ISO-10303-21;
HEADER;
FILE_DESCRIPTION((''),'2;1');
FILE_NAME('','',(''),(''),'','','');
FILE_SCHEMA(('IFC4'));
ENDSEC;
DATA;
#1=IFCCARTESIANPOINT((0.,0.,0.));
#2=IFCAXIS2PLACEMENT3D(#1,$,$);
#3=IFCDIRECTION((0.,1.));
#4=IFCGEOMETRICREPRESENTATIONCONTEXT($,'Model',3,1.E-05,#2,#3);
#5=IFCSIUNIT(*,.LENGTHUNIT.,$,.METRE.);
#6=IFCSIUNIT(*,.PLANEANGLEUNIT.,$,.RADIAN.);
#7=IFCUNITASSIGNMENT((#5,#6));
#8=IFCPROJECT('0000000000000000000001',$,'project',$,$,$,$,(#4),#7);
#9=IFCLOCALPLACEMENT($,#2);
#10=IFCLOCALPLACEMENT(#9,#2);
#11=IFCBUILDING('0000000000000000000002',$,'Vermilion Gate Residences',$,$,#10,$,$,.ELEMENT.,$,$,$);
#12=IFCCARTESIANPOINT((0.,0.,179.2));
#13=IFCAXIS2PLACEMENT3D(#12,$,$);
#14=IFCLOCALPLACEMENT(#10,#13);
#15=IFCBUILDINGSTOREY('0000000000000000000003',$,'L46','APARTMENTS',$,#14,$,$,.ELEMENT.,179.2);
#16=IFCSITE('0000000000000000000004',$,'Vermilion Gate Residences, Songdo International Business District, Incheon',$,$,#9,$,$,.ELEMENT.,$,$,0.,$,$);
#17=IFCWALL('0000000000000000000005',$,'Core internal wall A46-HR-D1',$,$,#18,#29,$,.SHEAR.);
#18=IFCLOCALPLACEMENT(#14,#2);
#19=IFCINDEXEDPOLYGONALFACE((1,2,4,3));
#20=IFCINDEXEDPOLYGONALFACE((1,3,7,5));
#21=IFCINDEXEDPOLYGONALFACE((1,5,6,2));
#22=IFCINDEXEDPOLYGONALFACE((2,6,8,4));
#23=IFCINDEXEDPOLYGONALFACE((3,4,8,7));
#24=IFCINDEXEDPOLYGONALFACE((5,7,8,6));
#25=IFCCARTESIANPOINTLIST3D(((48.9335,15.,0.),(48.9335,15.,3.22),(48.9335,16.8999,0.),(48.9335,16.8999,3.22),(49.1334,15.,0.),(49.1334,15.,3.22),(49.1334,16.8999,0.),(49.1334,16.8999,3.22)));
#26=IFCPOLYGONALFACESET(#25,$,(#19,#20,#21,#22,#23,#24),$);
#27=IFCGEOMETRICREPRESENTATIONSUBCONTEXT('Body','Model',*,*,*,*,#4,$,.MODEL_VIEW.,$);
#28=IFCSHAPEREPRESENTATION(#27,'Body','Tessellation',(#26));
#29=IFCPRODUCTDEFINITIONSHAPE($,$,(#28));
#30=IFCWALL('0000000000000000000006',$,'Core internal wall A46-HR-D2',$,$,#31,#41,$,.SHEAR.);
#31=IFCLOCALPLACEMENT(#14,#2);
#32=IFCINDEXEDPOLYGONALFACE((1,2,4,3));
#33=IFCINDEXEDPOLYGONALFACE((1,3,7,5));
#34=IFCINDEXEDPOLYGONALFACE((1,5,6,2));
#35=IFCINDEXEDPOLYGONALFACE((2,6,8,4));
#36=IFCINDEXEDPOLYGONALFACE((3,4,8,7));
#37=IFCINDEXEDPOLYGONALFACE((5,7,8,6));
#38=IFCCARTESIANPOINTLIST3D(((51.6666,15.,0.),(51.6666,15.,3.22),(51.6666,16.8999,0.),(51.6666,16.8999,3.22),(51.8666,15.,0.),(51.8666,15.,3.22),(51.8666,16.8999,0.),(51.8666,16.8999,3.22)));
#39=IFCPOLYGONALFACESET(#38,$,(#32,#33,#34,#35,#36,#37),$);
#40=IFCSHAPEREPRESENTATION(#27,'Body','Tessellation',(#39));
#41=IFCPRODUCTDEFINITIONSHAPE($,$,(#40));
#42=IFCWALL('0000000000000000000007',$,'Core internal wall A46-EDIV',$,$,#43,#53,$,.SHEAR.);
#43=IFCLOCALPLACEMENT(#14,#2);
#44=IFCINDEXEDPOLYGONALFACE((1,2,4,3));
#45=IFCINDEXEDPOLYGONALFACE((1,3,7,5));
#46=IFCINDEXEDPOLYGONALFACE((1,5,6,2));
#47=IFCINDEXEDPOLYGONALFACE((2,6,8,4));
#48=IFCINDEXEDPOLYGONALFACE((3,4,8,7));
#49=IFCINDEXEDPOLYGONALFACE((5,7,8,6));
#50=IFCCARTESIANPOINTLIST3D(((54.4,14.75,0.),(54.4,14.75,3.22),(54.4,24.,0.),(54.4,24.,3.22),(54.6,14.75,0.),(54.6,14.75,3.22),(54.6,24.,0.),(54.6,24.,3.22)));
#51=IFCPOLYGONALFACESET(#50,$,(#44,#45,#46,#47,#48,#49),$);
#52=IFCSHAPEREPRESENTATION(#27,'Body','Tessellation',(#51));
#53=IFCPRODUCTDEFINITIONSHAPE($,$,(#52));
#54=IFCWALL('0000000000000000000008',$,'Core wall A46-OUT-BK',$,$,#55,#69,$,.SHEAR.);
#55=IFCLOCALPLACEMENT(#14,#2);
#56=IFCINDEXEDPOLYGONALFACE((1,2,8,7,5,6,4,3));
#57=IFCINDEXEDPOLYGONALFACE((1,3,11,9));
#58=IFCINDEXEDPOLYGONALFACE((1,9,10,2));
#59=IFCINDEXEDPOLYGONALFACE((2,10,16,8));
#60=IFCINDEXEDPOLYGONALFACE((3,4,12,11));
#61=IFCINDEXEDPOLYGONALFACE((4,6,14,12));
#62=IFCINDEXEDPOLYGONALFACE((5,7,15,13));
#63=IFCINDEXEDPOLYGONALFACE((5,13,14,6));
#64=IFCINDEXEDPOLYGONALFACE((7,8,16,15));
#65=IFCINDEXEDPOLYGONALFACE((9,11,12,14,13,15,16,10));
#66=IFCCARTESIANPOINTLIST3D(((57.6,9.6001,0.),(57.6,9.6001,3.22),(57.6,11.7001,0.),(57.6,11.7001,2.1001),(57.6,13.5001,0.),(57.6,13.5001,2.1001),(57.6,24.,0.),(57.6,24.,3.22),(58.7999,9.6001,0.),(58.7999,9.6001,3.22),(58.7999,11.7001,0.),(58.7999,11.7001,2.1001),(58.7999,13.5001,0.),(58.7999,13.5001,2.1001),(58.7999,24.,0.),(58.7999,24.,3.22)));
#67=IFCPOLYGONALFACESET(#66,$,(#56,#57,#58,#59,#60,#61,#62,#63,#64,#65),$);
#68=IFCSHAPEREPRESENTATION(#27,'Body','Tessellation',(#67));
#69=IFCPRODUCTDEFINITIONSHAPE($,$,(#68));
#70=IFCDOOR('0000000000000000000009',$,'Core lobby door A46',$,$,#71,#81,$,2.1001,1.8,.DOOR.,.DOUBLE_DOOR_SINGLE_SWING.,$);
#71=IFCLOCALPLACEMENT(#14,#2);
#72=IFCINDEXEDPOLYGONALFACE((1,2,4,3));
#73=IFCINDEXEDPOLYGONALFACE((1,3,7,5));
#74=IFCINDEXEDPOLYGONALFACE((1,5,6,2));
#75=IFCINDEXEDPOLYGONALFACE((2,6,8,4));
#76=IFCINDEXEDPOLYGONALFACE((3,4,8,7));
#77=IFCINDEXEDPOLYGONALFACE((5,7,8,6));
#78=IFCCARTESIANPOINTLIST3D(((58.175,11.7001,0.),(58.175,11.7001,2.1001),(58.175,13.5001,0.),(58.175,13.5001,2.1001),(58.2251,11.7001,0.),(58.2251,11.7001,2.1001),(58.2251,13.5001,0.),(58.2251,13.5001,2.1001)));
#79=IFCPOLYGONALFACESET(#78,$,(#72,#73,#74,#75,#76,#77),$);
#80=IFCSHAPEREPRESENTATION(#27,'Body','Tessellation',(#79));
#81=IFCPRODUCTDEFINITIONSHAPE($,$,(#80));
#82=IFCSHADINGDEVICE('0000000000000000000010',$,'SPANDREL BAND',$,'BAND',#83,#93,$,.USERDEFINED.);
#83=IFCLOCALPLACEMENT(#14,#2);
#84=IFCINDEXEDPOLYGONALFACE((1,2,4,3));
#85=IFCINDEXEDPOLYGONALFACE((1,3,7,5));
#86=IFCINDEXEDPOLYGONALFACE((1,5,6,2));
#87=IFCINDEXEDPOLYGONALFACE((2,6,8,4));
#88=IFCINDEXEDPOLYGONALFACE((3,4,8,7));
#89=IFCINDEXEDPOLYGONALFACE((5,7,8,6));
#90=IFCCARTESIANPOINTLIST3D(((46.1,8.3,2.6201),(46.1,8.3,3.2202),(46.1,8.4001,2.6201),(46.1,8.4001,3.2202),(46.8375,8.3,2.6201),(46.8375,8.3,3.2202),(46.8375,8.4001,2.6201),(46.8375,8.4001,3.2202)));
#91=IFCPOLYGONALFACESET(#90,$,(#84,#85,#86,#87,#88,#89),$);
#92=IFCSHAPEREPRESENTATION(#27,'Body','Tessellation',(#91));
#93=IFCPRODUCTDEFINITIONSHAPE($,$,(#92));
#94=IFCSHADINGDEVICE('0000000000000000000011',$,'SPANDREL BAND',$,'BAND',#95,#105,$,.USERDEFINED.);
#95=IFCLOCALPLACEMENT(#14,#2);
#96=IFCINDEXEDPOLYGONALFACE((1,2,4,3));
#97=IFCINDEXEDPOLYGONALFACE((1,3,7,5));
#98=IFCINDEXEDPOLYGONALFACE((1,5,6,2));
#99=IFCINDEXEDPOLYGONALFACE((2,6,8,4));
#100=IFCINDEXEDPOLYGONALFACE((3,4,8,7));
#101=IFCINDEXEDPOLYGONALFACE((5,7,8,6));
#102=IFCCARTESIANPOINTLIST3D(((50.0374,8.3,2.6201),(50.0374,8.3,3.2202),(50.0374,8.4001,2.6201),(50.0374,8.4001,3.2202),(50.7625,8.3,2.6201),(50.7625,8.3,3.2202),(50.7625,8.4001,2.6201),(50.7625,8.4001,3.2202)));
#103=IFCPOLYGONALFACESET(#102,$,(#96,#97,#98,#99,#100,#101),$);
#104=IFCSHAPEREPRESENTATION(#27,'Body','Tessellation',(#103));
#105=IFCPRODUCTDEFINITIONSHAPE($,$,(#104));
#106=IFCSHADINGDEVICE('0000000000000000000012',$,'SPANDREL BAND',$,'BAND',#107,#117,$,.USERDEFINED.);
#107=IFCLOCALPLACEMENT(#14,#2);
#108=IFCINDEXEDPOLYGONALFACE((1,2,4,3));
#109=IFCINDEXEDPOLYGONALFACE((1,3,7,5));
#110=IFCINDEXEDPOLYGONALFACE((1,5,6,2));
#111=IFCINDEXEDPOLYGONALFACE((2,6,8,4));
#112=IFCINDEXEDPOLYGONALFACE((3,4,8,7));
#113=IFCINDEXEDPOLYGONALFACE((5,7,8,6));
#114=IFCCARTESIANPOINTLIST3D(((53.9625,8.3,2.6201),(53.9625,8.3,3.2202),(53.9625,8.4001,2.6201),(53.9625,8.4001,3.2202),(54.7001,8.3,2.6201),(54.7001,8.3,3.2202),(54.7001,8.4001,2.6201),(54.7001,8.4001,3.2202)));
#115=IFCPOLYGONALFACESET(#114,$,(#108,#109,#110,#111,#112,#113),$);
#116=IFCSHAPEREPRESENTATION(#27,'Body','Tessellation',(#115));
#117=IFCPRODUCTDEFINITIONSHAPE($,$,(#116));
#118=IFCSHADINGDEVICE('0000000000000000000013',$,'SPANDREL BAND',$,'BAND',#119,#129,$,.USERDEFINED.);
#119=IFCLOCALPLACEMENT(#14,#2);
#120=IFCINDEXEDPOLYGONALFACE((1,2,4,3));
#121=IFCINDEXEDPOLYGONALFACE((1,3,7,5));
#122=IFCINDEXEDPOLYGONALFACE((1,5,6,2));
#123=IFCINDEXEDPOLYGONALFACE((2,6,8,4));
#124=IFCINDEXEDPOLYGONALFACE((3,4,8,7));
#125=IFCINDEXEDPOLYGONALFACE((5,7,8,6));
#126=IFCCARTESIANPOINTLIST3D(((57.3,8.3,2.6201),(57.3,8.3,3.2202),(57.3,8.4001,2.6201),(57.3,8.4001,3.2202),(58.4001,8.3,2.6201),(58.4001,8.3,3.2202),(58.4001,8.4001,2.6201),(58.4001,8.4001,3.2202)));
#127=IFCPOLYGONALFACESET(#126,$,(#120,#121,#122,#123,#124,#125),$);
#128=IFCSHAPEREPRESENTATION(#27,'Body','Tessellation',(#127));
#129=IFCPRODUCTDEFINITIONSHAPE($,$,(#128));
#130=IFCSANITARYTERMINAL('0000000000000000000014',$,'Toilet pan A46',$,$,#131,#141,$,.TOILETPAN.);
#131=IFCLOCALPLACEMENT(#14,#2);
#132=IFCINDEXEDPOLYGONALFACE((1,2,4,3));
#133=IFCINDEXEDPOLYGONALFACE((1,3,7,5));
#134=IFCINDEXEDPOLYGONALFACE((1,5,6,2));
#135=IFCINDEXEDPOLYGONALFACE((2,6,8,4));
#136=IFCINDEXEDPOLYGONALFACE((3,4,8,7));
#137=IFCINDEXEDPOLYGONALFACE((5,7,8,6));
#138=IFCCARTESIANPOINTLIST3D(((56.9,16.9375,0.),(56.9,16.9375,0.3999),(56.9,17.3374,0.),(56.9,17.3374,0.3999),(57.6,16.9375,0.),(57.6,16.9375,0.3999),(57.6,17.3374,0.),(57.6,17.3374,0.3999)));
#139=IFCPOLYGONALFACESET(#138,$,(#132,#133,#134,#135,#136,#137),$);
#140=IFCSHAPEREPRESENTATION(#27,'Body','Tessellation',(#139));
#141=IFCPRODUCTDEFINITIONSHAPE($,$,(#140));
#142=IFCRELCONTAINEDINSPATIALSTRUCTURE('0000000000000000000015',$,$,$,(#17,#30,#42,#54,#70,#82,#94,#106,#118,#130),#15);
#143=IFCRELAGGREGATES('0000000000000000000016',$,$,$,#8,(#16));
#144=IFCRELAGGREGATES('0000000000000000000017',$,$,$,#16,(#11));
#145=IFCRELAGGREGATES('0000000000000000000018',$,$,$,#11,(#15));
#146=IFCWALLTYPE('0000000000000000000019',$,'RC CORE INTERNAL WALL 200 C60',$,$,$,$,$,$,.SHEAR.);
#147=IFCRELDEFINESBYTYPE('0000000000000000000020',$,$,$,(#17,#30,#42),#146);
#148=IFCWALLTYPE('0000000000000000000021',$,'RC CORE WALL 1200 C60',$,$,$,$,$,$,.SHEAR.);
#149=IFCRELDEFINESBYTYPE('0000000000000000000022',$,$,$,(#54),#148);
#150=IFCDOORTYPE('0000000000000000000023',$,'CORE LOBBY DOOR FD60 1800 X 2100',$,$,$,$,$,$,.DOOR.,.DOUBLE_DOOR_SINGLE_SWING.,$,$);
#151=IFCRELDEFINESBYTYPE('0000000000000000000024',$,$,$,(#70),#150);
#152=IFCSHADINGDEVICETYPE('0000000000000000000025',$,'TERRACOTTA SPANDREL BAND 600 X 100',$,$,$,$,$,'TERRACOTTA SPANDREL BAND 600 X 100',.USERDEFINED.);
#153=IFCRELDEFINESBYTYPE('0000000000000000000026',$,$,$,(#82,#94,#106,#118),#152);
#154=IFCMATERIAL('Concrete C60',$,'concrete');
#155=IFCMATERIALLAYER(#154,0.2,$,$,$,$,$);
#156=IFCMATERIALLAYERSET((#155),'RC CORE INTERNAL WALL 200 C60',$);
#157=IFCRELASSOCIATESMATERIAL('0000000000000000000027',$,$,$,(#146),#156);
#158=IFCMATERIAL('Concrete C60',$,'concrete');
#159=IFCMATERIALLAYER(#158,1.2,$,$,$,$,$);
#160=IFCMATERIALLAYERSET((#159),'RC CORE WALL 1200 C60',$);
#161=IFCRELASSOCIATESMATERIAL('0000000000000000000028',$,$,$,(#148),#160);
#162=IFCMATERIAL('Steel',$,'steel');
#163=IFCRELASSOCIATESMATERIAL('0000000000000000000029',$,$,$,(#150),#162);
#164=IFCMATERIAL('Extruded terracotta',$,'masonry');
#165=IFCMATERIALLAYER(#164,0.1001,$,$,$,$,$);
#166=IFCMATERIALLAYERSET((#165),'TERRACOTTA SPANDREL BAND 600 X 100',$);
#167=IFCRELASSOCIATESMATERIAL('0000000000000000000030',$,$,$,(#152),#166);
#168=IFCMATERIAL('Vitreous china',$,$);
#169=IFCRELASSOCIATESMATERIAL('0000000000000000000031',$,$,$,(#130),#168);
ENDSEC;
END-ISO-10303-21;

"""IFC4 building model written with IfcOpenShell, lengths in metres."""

from ifc_helpers import new_model, si_unit, direction, frame, frame_2d, origin, origin_2d, place, context, subcontext, project, spatial, rectangle, extrude, material, layer, layer_set, type_object, element, fill, save


model = new_model("IFC4")

# Units and contexts
model_context = context("Model", 3, precision=1e-05, world=origin(), true_north=direction((0.0, 1.0)))
body_context = subcontext(model_context, "Body", "Model", "MODEL_VIEW")
ifc_project = project(units=[si_unit("LENGTHUNIT", "METRE"), si_unit("PLANEANGLEUNIT", "RADIAN")], contexts=[model_context])

# Site, building, storey
site_placement = place(None, origin())
site = spatial("IfcSite", under=ifc_project, at=site_placement, Name="Vermilion Gate Residences, Songdo International Business District, Incheon", CompositionType="ELEMENT", RefElevation=0.0)
building_placement = place(site_placement, origin())
building = spatial("IfcBuilding", under=site, at=building_placement, Name="Vermilion Gate Residences", CompositionType="ELEMENT")
storey_placement = place(building_placement, frame((0.0, 0.0, 179.2)))
storey = spatial("IfcBuildingStorey", under=building, at=storey_placement, Name="L46", Description="APARTMENTS", CompositionType="ELEMENT", Elevation=179.2)

# Walls
ifc_material_1 = material(Name="Concrete C60", Category="concrete")
ifc_layer_1 = layer(ifc_material_1, 0.2)
ifc_layer_set_1 = layer_set([ifc_layer_1], Name="RC CORE INTERNAL WALL 200 C60")
wall_type_1 = type_object("IfcWallType", Name="RC CORE INTERNAL WALL 200 C60", PredefinedType="SHEAR", material=ifc_layer_set_1)
for number, where, z_axis, x_axis, name in (
    (1, (49.0334, 15.0, 0.0), (0.0, 0.0, 1.0), (0.0, 1.0, 0.0), "Core internal wall A46-HR-D1"),
    (2, (51.7666, 15.0, 0.0), (0.0, 0.0, 1.0), (0.0, 1.0, 0.0), "Core internal wall A46-HR-D2"),
):
    element("IfcWall", number, at=place(storey_placement, frame(where, z_axis=z_axis, x_axis=x_axis)), inside=storey, type_object=wall_type_1, Name=name, PredefinedType="SHEAR", context=body_context, shape_type="SweptSolid", body=[
        extrude(rectangle(XDim=1.8999, YDim=0.2, at=frame_2d((0.95, 0.0))), origin(), (0.0, 0.0, 1.0), 3.22),
    ])
wall_1_placement = place(storey_placement, frame((54.5, 14.75, 0.0), z_axis=(0.0, 0.0, 1.0), x_axis=(0.0, 1.0, 0.0)))
element("IfcWall", 3, at=wall_1_placement, inside=storey, type_object=wall_type_1, Name="Core internal wall A46-EDIV", PredefinedType="SHEAR", context=body_context, shape_type="SweptSolid", body=[
    extrude(rectangle(XDim=9.25, YDim=0.2, at=frame_2d((4.625, 0.0))), origin(), (0.0, 0.0, 1.0), 3.22),
])

# Wall, opening, door
ifc_material_2 = material(Name="Concrete C60", Category="concrete")
ifc_layer_2 = layer(ifc_material_2, 1.2)
ifc_layer_set_2 = layer_set([ifc_layer_2], Name="RC CORE WALL 1200 C60")
wall_type_2 = type_object("IfcWallType", Name="RC CORE WALL 1200 C60", PredefinedType="SHEAR", material=ifc_layer_set_2)
wall_2_placement = place(storey_placement, frame((58.2, 9.6001, 0.0), z_axis=(0.0, 0.0, 1.0), x_axis=(0.0, 1.0, 0.0)))
wall_2 = element("IfcWall", 4, at=wall_2_placement, inside=storey, type_object=wall_type_2, Name="Core wall A46-OUT-BK", PredefinedType="SHEAR", context=body_context, shape_type="SweptSolid", body=[
    extrude(rectangle(XDim=14.3999, YDim=1.2, at=frame_2d((7.2, 0.0))), origin(), (0.0, 0.0, 1.0), 3.22),
])
opening_1_placement = place(wall_2_placement, frame((2.1001, 0.0, 0.0)))
opening_1 = element("IfcOpeningElement", 5, at=opening_1_placement, cuts=wall_2, PredefinedType="OPENING", context=body_context, shape_type="SweptSolid", body=[
    extrude(rectangle(XDim=1.8, YDim=2.1001, at=frame_2d((0.8999, 1.05))), frame((0.0, 0.6099, 0.0), z_axis=(0.0, -1.0, 0.0), x_axis=(1.0, 0.0, 0.0)), (0.0, 0.0, 1.0), 1.22),
])
ifc_material_3 = material(Name="Steel", Category="steel")
door_type_1 = type_object("IfcDoorType", Name="CORE LOBBY DOOR FD60 1800 X 2100", OperationType="DOUBLE_DOOR_SINGLE_SWING", PredefinedType="DOOR", material=ifc_material_3)
door_1_placement = place(opening_1_placement, origin())
door_1 = element("IfcDoor", 6, at=door_1_placement, inside=storey, type_object=door_type_1, Name="Core lobby door A46", OperationType="DOUBLE_DOOR_SINGLE_SWING", OverallHeight=2.1001, OverallWidth=1.8, PredefinedType="DOOR", context=body_context, shape_type="SweptSolid", body=[
    extrude(rectangle(XDim=1.8, YDim=2.1001, at=frame_2d((0.8999, 1.05))), frame((0.0, 0.0249, 0.0), z_axis=(0.0, -1.0, 0.0), x_axis=(1.0, 0.0, 0.0)), (0.0, 0.0, 1.0), 0.05),
])
fill(opening_1, door_1)

# Shading devices
ifc_material_4 = material(Name="Extruded terracotta", Category="masonry")
ifc_layer_3 = layer(ifc_material_4, 0.1001)
ifc_layer_set_3 = layer_set([ifc_layer_3], Name="TERRACOTTA SPANDREL BAND 600 X 100")
shading_device_type = type_object("IfcShadingDeviceType", Name="TERRACOTTA SPANDREL BAND 600 X 100", ElementType="TERRACOTTA SPANDREL BAND 600 X 100", PredefinedType="USERDEFINED", material=ifc_layer_set_3)
shading_device_1_placement = place(storey_placement, frame((46.4688, 8.3501, 2.6201), z_axis=(0.0, 0.0, 1.0), x_axis=(1.0, 0.0, 0.0)))
element("IfcShadingDevice", 7, at=shading_device_1_placement, inside=storey, type_object=shading_device_type, Name="SPANDREL BAND", ObjectType="BAND", PredefinedType="USERDEFINED", context=body_context, shape_type="SweptSolid", body=[
    extrude(rectangle(XDim=0.7375, YDim=0.1001, at=origin_2d()), origin(), (0.0, 0.0, 1.0), 0.6001),
])
shading_device_2_placement = place(storey_placement, frame((50.3999, 8.3501, 2.6201), z_axis=(0.0, 0.0, 1.0), x_axis=(1.0, 0.0, 0.0)))
element("IfcShadingDevice", 8, at=shading_device_2_placement, inside=storey, type_object=shading_device_type, Name="SPANDREL BAND", ObjectType="BAND", PredefinedType="USERDEFINED", context=body_context, shape_type="SweptSolid", body=[
    extrude(rectangle(XDim=0.7251, YDim=0.1001, at=origin_2d()), origin(), (0.0, 0.0, 1.0), 0.6001),
])
shading_device_3_placement = place(storey_placement, frame((54.3313, 8.3501, 2.6201), z_axis=(0.0, 0.0, 1.0), x_axis=(1.0, 0.0, 0.0)))
element("IfcShadingDevice", 9, at=shading_device_3_placement, inside=storey, type_object=shading_device_type, Name="SPANDREL BAND", ObjectType="BAND", PredefinedType="USERDEFINED", context=body_context, shape_type="SweptSolid", body=[
    extrude(rectangle(XDim=0.7375, YDim=0.1001, at=origin_2d()), origin(), (0.0, 0.0, 1.0), 0.6001),
])
shading_device_4_placement = place(storey_placement, frame((57.8501, 8.3501, 2.6201), z_axis=(0.0, 0.0, 1.0), x_axis=(1.0, 0.0, 0.0)))
element("IfcShadingDevice", 10, at=shading_device_4_placement, inside=storey, type_object=shading_device_type, Name="SPANDREL BAND", ObjectType="BAND", PredefinedType="USERDEFINED", context=body_context, shape_type="SweptSolid", body=[
    extrude(rectangle(XDim=1.1001, YDim=0.1001, at=origin_2d()), origin(), (0.0, 0.0, 1.0), 0.6001),
])

# Sanitary terminal
ifc_material_5 = material(Name="Vitreous china")
sanitary_terminal_placement = place(storey_placement, frame((57.25, 17.1375, 0.0), z_axis=(0.0, 0.0, 1.0), x_axis=(1.0, 0.0, 0.0)))
element("IfcSanitaryTerminal", 11, at=sanitary_terminal_placement, inside=storey, material=ifc_material_5, Name="Toilet pan A46", PredefinedType="TOILETPAN", context=body_context, shape_type="SweptSolid", body=[
    extrude(rectangle(XDim=0.7, YDim=0.3999, at=origin_2d()), origin(), (0.0, 0.0, 1.0), 0.3999),
])

save(model, "model.ifc")
